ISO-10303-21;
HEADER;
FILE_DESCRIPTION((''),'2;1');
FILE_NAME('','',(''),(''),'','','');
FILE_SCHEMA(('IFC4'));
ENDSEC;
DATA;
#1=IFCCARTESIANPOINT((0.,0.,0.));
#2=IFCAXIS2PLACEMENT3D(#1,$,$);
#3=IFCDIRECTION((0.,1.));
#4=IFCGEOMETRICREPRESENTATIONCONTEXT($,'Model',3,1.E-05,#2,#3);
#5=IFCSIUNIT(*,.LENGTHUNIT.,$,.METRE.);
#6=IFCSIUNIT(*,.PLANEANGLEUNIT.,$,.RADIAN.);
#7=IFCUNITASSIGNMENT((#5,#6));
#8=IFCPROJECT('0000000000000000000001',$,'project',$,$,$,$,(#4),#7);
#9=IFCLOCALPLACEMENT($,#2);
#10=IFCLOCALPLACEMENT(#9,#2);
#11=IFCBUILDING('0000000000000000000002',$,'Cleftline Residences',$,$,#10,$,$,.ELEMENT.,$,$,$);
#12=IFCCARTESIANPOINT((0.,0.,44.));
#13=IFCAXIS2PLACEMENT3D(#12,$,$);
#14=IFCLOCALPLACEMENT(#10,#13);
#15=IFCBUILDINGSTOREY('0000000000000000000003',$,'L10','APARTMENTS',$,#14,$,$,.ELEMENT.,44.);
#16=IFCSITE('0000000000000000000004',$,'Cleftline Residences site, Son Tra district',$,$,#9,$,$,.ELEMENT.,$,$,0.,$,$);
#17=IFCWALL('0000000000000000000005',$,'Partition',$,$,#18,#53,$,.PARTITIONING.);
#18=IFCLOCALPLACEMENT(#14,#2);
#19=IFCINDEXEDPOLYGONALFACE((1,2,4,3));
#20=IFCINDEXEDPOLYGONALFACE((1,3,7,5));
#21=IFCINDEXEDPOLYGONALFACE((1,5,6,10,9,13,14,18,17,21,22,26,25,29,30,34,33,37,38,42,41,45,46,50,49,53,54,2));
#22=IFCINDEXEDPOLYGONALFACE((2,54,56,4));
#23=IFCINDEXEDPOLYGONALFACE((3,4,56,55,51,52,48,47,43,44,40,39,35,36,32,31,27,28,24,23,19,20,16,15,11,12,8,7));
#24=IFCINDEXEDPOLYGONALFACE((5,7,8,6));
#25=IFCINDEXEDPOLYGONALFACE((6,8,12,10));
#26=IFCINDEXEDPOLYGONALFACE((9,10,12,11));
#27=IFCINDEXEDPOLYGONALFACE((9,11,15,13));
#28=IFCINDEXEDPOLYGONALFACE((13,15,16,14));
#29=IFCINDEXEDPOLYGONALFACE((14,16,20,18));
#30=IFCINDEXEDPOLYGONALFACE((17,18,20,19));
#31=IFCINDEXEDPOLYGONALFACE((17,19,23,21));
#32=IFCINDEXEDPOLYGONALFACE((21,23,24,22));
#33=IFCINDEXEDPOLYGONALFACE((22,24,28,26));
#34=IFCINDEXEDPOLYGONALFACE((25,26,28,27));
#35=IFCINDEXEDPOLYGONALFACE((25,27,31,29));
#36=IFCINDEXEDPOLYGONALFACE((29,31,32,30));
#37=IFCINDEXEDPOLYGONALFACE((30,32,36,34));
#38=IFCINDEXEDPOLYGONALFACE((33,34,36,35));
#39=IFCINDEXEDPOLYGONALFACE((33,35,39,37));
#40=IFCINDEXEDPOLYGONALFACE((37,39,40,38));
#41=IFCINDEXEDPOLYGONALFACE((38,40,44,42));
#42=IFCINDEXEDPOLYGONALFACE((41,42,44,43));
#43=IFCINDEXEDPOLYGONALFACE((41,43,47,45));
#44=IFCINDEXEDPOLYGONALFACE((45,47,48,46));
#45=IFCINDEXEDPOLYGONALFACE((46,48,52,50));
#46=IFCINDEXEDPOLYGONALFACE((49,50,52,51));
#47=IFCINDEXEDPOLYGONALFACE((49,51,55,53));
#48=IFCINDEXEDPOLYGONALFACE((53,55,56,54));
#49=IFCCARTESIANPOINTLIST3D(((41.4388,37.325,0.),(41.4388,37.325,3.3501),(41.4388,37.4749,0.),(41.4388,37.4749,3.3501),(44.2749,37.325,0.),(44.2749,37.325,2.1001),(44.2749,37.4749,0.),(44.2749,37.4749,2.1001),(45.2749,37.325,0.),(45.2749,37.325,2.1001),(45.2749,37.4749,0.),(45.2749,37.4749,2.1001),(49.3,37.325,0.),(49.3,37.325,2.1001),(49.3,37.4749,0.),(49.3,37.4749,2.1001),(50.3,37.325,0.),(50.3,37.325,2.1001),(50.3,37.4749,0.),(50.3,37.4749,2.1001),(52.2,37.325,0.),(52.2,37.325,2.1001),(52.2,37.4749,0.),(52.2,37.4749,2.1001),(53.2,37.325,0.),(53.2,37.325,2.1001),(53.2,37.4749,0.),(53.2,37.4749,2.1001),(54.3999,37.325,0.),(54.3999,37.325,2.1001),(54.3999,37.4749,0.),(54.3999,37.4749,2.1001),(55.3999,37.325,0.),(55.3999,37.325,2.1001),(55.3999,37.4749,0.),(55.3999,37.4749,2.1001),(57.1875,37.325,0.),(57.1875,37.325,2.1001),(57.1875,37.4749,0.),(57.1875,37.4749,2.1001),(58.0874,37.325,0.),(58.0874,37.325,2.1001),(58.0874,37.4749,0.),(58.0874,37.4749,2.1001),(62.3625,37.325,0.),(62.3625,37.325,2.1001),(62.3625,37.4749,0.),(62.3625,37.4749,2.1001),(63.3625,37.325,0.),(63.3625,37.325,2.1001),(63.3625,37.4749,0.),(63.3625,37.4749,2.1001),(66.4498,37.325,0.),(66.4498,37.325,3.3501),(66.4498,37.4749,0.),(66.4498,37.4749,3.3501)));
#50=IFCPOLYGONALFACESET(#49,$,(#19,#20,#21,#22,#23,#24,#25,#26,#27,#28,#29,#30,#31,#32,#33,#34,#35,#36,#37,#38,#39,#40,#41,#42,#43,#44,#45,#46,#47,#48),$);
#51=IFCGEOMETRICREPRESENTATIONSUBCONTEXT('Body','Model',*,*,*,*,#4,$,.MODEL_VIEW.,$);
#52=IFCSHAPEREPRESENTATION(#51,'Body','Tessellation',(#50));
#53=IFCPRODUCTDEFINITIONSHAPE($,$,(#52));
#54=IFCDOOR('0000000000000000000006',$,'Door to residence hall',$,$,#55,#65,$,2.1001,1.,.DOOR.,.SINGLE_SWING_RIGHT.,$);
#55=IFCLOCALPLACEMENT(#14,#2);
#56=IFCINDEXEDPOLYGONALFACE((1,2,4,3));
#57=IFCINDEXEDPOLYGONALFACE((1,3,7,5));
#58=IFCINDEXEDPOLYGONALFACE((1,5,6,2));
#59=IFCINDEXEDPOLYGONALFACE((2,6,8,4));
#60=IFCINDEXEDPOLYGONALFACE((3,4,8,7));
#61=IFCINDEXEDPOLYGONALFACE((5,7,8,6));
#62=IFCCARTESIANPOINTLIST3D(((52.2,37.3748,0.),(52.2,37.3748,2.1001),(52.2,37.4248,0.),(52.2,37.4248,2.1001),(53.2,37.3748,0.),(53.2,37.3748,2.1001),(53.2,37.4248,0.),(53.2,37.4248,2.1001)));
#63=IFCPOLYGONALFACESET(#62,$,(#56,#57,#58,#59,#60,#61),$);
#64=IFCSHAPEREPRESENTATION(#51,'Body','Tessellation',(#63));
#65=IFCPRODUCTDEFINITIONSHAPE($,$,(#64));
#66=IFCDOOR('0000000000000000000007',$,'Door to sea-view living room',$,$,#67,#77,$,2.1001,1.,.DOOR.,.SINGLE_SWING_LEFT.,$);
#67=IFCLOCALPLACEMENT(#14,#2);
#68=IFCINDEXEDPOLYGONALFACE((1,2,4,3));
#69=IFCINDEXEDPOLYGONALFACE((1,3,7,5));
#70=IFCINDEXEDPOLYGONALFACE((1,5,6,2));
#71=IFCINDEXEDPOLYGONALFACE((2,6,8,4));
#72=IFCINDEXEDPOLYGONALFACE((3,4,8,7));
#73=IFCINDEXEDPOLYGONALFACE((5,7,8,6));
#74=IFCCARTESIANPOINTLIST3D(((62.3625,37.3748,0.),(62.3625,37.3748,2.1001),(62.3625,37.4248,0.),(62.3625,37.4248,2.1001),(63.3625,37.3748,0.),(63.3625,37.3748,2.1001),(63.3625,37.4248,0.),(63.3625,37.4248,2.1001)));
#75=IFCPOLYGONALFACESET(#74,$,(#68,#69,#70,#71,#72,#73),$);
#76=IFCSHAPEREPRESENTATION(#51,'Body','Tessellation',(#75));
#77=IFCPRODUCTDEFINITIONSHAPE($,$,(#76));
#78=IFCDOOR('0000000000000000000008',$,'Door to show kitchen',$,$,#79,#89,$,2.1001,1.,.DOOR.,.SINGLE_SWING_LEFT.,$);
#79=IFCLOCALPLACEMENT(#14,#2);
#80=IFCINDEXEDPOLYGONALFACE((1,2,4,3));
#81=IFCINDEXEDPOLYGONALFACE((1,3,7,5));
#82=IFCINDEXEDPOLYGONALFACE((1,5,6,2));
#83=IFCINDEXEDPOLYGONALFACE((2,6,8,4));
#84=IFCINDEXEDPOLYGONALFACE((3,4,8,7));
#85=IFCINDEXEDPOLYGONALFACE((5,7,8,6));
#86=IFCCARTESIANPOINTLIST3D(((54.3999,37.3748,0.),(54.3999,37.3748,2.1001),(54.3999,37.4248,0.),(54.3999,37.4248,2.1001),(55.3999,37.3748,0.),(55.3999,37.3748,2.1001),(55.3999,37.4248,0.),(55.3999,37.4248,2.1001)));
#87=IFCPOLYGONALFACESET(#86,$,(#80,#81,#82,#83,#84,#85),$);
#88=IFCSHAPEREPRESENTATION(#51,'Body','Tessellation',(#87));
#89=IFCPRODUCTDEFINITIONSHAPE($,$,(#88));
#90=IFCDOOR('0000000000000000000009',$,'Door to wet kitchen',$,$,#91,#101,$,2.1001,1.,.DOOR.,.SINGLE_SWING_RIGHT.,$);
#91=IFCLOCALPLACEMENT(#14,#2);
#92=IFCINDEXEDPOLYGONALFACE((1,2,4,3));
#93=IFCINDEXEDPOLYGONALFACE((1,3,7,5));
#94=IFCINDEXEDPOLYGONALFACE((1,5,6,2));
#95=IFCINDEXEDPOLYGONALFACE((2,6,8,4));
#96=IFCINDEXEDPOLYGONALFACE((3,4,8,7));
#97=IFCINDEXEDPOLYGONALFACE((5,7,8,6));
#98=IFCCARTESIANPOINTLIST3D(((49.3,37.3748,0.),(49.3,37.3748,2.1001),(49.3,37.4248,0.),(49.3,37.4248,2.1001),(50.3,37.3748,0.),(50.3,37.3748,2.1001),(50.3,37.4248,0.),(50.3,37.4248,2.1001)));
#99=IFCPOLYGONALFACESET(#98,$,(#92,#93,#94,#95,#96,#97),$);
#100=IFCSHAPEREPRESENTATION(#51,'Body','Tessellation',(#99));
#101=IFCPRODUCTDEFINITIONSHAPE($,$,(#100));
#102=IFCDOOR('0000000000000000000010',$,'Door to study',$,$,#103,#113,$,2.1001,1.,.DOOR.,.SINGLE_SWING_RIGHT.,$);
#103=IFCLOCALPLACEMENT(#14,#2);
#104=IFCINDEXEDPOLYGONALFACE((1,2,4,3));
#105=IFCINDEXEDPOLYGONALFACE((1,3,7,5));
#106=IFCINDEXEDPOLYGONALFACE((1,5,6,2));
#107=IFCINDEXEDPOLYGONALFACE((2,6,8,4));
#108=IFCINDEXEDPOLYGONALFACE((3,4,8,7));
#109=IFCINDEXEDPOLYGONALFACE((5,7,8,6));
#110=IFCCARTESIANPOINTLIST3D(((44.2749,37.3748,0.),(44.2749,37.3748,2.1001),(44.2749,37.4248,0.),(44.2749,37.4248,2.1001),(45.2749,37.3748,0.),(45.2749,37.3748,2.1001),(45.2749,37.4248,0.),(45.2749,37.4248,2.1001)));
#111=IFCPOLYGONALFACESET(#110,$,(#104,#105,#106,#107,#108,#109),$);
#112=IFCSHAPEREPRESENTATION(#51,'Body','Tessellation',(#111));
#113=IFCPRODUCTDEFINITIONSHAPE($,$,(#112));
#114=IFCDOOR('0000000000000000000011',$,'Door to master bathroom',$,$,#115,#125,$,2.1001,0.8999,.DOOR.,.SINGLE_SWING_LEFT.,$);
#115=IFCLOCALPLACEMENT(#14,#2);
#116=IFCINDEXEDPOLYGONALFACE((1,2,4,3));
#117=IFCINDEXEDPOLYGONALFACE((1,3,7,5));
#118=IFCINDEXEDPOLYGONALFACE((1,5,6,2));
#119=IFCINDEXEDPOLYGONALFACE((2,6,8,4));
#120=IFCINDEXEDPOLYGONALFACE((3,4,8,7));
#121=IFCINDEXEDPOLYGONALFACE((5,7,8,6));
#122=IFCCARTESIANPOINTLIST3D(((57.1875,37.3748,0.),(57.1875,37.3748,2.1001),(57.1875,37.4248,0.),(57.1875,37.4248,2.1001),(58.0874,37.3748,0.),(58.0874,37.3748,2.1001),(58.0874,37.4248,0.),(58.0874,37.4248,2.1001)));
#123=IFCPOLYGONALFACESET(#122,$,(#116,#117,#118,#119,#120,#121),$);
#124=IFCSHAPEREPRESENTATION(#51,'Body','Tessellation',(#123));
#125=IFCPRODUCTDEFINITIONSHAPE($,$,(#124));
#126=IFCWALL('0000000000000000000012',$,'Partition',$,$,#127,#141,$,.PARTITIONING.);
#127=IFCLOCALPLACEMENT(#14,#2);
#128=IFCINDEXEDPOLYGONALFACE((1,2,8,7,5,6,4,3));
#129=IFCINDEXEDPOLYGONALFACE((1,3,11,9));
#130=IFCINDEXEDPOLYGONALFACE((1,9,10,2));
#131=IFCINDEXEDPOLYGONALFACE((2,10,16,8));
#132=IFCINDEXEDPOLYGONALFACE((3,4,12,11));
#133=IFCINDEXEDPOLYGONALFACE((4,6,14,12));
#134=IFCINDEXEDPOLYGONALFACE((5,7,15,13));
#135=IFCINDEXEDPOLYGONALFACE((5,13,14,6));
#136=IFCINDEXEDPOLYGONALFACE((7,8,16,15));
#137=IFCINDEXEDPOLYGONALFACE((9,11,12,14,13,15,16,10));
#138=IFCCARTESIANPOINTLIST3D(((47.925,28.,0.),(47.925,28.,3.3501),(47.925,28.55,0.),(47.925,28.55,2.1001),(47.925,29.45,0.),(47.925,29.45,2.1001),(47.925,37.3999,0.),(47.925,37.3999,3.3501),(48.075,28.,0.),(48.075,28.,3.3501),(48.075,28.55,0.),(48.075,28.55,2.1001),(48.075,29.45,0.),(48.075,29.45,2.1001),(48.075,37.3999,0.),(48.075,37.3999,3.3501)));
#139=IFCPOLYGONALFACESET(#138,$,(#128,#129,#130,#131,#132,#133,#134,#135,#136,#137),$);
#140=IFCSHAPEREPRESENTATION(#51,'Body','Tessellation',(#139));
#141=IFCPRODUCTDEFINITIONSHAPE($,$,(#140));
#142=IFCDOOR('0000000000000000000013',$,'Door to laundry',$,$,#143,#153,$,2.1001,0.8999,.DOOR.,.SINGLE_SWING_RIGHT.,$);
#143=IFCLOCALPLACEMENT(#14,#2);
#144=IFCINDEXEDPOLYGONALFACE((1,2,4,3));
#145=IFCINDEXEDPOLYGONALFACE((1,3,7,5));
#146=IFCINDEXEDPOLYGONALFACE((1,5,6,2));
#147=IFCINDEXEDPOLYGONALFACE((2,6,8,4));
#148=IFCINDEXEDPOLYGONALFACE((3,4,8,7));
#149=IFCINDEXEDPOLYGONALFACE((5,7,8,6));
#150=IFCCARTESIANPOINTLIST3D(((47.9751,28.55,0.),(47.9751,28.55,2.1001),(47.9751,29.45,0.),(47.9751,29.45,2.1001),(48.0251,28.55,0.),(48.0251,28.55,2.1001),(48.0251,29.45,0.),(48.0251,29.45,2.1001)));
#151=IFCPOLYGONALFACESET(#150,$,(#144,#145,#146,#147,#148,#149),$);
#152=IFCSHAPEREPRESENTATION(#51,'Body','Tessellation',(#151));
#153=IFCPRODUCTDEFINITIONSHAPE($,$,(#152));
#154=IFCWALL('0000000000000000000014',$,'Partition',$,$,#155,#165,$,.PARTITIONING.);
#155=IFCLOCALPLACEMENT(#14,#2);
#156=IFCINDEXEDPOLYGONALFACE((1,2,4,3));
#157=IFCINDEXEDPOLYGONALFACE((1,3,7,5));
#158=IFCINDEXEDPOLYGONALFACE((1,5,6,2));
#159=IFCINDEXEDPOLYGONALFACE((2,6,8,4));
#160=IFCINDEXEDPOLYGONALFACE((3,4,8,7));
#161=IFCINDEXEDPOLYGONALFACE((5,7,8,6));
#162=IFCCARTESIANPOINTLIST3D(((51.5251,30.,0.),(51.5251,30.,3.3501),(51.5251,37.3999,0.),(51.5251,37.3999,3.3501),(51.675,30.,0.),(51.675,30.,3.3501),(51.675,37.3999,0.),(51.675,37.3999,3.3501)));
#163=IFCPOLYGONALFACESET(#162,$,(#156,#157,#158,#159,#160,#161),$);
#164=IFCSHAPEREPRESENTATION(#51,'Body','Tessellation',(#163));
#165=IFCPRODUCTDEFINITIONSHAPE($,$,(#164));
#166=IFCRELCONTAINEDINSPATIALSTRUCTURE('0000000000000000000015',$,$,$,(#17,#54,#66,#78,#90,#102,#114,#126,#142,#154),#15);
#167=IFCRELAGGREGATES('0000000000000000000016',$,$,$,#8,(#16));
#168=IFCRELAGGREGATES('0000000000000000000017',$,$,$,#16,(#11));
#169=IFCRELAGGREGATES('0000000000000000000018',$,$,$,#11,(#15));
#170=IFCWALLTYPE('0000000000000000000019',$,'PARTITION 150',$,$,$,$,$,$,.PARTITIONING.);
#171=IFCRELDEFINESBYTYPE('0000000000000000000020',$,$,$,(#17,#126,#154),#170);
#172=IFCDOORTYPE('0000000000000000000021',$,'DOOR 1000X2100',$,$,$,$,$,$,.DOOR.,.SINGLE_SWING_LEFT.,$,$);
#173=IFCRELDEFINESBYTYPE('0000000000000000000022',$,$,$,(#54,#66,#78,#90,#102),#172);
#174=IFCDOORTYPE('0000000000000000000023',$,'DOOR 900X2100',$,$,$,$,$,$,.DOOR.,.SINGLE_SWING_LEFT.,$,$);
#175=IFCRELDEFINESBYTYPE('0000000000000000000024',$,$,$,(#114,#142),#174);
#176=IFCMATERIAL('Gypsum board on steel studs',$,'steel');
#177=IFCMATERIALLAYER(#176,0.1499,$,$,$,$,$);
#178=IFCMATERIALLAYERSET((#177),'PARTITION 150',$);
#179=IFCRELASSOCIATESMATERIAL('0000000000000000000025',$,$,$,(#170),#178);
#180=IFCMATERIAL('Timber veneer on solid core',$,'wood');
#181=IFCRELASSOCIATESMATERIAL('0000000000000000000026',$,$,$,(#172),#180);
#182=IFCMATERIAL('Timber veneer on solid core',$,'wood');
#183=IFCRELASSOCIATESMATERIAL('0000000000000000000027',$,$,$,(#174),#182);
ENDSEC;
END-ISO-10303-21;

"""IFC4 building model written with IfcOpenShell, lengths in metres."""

from ifc_helpers import new_model, si_unit, direction, frame, frame_2d, origin, place, context, subcontext, project, spatial, rectangle, extrude, material, layer, layer_set, type_object, element, fill, save


model = new_model("IFC4")

# Units and contexts
model_context = context("Model", 3, precision=1e-05, world=origin(), true_north=direction((0.0, 1.0)))
body_context = subcontext(model_context, "Body", "Model", "MODEL_VIEW")
ifc_project = project(units=[si_unit("LENGTHUNIT", "METRE"), si_unit("PLANEANGLEUNIT", "RADIAN")], contexts=[model_context])

# Site, building, storey
site_placement = place(None, origin())
site = spatial("IfcSite", under=ifc_project, at=site_placement, Name="Cleftline Residences site, Son Tra district", CompositionType="ELEMENT", RefElevation=0.0)
building_placement = place(site_placement, origin())
building = spatial("IfcBuilding", under=site, at=building_placement, Name="Cleftline Residences", CompositionType="ELEMENT")
storey_placement = place(building_placement, frame((0.0, 0.0, 44.0)))
storey = spatial("IfcBuildingStorey", under=building, at=storey_placement, Name="L10", Description="APARTMENTS", CompositionType="ELEMENT", Elevation=44.0)

# Shared definitions
ifc_material_1 = material(Name="Gypsum board on steel studs", Category="steel")
ifc_layer_1 = layer(ifc_material_1, 0.1499)
ifc_layer_set_1 = layer_set([ifc_layer_1], Name="PARTITION 150")
wall_type_1 = type_object("IfcWallType", Name="PARTITION 150", PredefinedType="PARTITIONING", material=ifc_layer_set_1)
ifc_material_2 = material(Name="Timber veneer on solid core", Category="wood")
door_type_1 = type_object("IfcDoorType", Name="DOOR 1000X2100", OperationType="SINGLE_SWING_LEFT", PredefinedType="DOOR", material=ifc_material_2)

# Wall, openings, doors
wall_1_placement = place(storey_placement, frame((41.439, 37.3999, 0.0), z_axis=(0.0, 0.0, 1.0), x_axis=(1.0, 0.0, 0.0)))
wall_1 = element("IfcWall", 1, at=wall_1_placement, inside=storey, type_object=wall_type_1, Name="Partition", PredefinedType="PARTITIONING", context=body_context, shape_type="SweptSolid", body=[
    extrude(rectangle(XDim=25.011, YDim=0.1499, at=frame_2d((12.5054, 0.0))), origin(), (0.0, 0.0, 1.0), 3.3501),
])
opening_1_placement = place(wall_1_placement, frame((10.761, 0.0, 0.0)))
opening_1 = element("IfcOpeningElement", 2, at=opening_1_placement, cuts=wall_1, PredefinedType="OPENING", context=body_context, shape_type="SweptSolid", body=[
    extrude(rectangle(XDim=1.0, YDim=2.1001, at=frame_2d((0.5, 1.05))), frame((0.0, 0.085, 0.0), z_axis=(0.0, -1.0, 0.0), x_axis=(1.0, 0.0, 0.0)), (0.0, 0.0, 1.0), 0.1699),
])
opening_2_placement = place(wall_1_placement, frame((20.9236, 0.0, 0.0)))
opening_2 = element("IfcOpeningElement", 3, at=opening_2_placement, cuts=wall_1, PredefinedType="OPENING", context=body_context, shape_type="SweptSolid", body=[
    extrude(rectangle(XDim=1.0, YDim=2.1001, at=frame_2d((0.5, 1.05))), frame((0.0, 0.085, 0.0), z_axis=(0.0, -1.0, 0.0), x_axis=(1.0, 0.0, 0.0)), (0.0, 0.0, 1.0), 0.1699),
])
opening_3_placement = place(wall_1_placement, frame((15.7485, 0.0, 0.0)))
opening_3 = element("IfcOpeningElement", 4, at=opening_3_placement, cuts=wall_1, PredefinedType="OPENING", context=body_context, shape_type="SweptSolid", body=[
    extrude(rectangle(XDim=0.8999, YDim=2.1001, at=frame_2d((0.45, 1.05))), frame((0.0, 0.085, 0.0), z_axis=(0.0, -1.0, 0.0), x_axis=(1.0, 0.0, 0.0)), (0.0, 0.0, 1.0), 0.1699),
])
opening_4_placement = place(wall_1_placement, frame((12.9609, 0.0, 0.0)))
opening_4 = element("IfcOpeningElement", 5, at=opening_4_placement, cuts=wall_1, PredefinedType="OPENING", context=body_context, shape_type="SweptSolid", body=[
    extrude(rectangle(XDim=1.0, YDim=2.1001, at=frame_2d((0.5, 1.05))), frame((0.0, 0.085, 0.0), z_axis=(0.0, -1.0, 0.0), x_axis=(1.0, 0.0, 0.0)), (0.0, 0.0, 1.0), 0.1699),
])
opening_5_placement = place(wall_1_placement, frame((7.8611, 0.0, 0.0)))
opening_5 = element("IfcOpeningElement", 6, at=opening_5_placement, cuts=wall_1, PredefinedType="OPENING", context=body_context, shape_type="SweptSolid", body=[
    extrude(rectangle(XDim=1.0, YDim=2.1001, at=frame_2d((0.5, 1.05))), frame((0.0, 0.085, 0.0), z_axis=(0.0, -1.0, 0.0), x_axis=(1.0, 0.0, 0.0)), (0.0, 0.0, 1.0), 0.1699),
])
opening_6_placement = place(wall_1_placement, frame((2.8359, 0.0, 0.0)))
opening_6 = element("IfcOpeningElement", 7, at=opening_6_placement, cuts=wall_1, PredefinedType="OPENING", context=body_context, shape_type="SweptSolid", body=[
    extrude(rectangle(XDim=1.0, YDim=2.1001, at=frame_2d((0.5, 1.05))), frame((0.0, 0.085, 0.0), z_axis=(0.0, -1.0, 0.0), x_axis=(1.0, 0.0, 0.0)), (0.0, 0.0, 1.0), 0.1699),
])
door_1_placement = place(opening_1_placement, origin())
door_1 = element("IfcDoor", 8, at=door_1_placement, inside=storey, type_object=door_type_1, Name="Door to residence hall", OperationType="SINGLE_SWING_RIGHT", OverallHeight=2.1001, OverallWidth=1.0, PredefinedType="DOOR", context=body_context, shape_type="SweptSolid", body=[
    extrude(rectangle(XDim=1.0, YDim=2.1001, at=frame_2d((0.5, 1.05))), frame((0.0, 0.0249, 0.0), z_axis=(0.0, -1.0, 0.0), x_axis=(1.0, 0.0, 0.0)), (0.0, 0.0, 1.0), 0.05),
])
fill(opening_1, door_1)
door_2_placement = place(opening_2_placement, origin())
door_2 = element("IfcDoor", 9, at=door_2_placement, inside=storey, type_object=door_type_1, Name="Door to sea-view living room", OperationType="SINGLE_SWING_LEFT", OverallHeight=2.1001, OverallWidth=1.0, PredefinedType="DOOR", context=body_context, shape_type="SweptSolid", body=[
    extrude(rectangle(XDim=1.0, YDim=2.1001, at=frame_2d((0.5, 1.05))), frame((0.0, 0.0249, 0.0), z_axis=(0.0, -1.0, 0.0), x_axis=(1.0, 0.0, 0.0)), (0.0, 0.0, 1.0), 0.05),
])
fill(opening_2, door_2)
door_3_placement = place(opening_4_placement, origin())
door_3 = element("IfcDoor", 10, at=door_3_placement, inside=storey, type_object=door_type_1, Name="Door to show kitchen", OperationType="SINGLE_SWING_LEFT", OverallHeight=2.1001, OverallWidth=1.0, PredefinedType="DOOR", context=body_context, shape_type="SweptSolid", body=[
    extrude(rectangle(XDim=1.0, YDim=2.1001, at=frame_2d((0.5, 1.05))), frame((0.0, 0.0249, 0.0), z_axis=(0.0, -1.0, 0.0), x_axis=(1.0, 0.0, 0.0)), (0.0, 0.0, 1.0), 0.05),
])
fill(opening_4, door_3)
door_4_placement = place(opening_5_placement, origin())
door_4 = element("IfcDoor", 11, at=door_4_placement, inside=storey, type_object=door_type_1, Name="Door to wet kitchen", OperationType="SINGLE_SWING_RIGHT", OverallHeight=2.1001, OverallWidth=1.0, PredefinedType="DOOR", context=body_context, shape_type="SweptSolid", body=[
    extrude(rectangle(XDim=1.0, YDim=2.1001, at=frame_2d((0.5, 1.05))), frame((0.0, 0.0249, 0.0), z_axis=(0.0, -1.0, 0.0), x_axis=(1.0, 0.0, 0.0)), (0.0, 0.0, 1.0), 0.05),
])
fill(opening_5, door_4)
door_5_placement = place(opening_6_placement, origin())
door_5 = element("IfcDoor", 12, at=door_5_placement, inside=storey, type_object=door_type_1, Name="Door to study", OperationType="SINGLE_SWING_RIGHT", OverallHeight=2.1001, OverallWidth=1.0, PredefinedType="DOOR", context=body_context, shape_type="SweptSolid", body=[
    extrude(rectangle(XDim=1.0, YDim=2.1001, at=frame_2d((0.5, 1.05))), frame((0.0, 0.0249, 0.0), z_axis=(0.0, -1.0, 0.0), x_axis=(1.0, 0.0, 0.0)), (0.0, 0.0, 1.0), 0.05),
])
fill(opening_6, door_5)
ifc_material_3 = material(Name="Timber veneer on solid core", Category="wood")
door_type_2 = type_object("IfcDoorType", Name="DOOR 900X2100", OperationType="SINGLE_SWING_LEFT", PredefinedType="DOOR", material=ifc_material_3)
door_6_placement = place(opening_3_placement, origin())
door_6 = element("IfcDoor", 13, at=door_6_placement, inside=storey, type_object=door_type_2, Name="Door to master bathroom", OperationType="SINGLE_SWING_LEFT", OverallHeight=2.1001, OverallWidth=0.8999, PredefinedType="DOOR", context=body_context, shape_type="SweptSolid", body=[
    extrude(rectangle(XDim=0.8999, YDim=2.1001, at=frame_2d((0.45, 1.05))), frame((0.0, 0.0249, 0.0), z_axis=(0.0, -1.0, 0.0), x_axis=(1.0, 0.0, 0.0)), (0.0, 0.0, 1.0), 0.05),
])
fill(opening_3, door_6)

# Wall, opening, door
wall_2_placement = place(storey_placement, frame((48.0, 28.0, 0.0), z_axis=(0.0, 0.0, 1.0), x_axis=(0.0, 1.0, 0.0)))
wall_2 = element("IfcWall", 14, at=wall_2_placement, inside=storey, type_object=wall_type_1, Name="Partition", PredefinedType="PARTITIONING", context=body_context, shape_type="SweptSolid", body=[
    extrude(rectangle(XDim=9.3999, YDim=0.1499, at=frame_2d((4.7, 0.0))), origin(), (0.0, 0.0, 1.0), 3.3501),
])
opening_7_placement = place(wall_2_placement, frame((0.55, 0.0, 0.0)))
opening_7 = element("IfcOpeningElement", 15, at=opening_7_placement, cuts=wall_2, PredefinedType="OPENING", context=body_context, shape_type="SweptSolid", body=[
    extrude(rectangle(XDim=0.8999, YDim=2.1001, at=frame_2d((0.45, 1.05))), frame((0.0, 0.085, 0.0), z_axis=(0.0, -1.0, 0.0), x_axis=(1.0, 0.0, 0.0)), (0.0, 0.0, 1.0), 0.1699),
])
door_7_placement = place(opening_7_placement, origin())
door_7 = element("IfcDoor", 16, at=door_7_placement, inside=storey, type_object=door_type_2, Name="Door to laundry", OperationType="SINGLE_SWING_RIGHT", OverallHeight=2.1001, OverallWidth=0.8999, PredefinedType="DOOR", context=body_context, shape_type="SweptSolid", body=[
    extrude(rectangle(XDim=0.8999, YDim=2.1001, at=frame_2d((0.45, 1.05))), frame((0.0, 0.0249, 0.0), z_axis=(0.0, -1.0, 0.0), x_axis=(1.0, 0.0, 0.0)), (0.0, 0.0, 1.0), 0.05),
])
fill(opening_7, door_7)

# Wall
wall_3_placement = place(storey_placement, frame((51.6001, 30.0, 0.0), z_axis=(0.0, 0.0, 1.0), x_axis=(0.0, 1.0, 0.0)))
element("IfcWall", 17, at=wall_3_placement, inside=storey, type_object=wall_type_1, Name="Partition", PredefinedType="PARTITIONING", context=body_context, shape_type="SweptSolid", body=[
    extrude(rectangle(XDim=7.3999, YDim=0.1499, at=frame_2d((3.7, 0.0))), origin(), (0.0, 0.0, 1.0), 3.3501),
])

save(model, "model.ifc")
